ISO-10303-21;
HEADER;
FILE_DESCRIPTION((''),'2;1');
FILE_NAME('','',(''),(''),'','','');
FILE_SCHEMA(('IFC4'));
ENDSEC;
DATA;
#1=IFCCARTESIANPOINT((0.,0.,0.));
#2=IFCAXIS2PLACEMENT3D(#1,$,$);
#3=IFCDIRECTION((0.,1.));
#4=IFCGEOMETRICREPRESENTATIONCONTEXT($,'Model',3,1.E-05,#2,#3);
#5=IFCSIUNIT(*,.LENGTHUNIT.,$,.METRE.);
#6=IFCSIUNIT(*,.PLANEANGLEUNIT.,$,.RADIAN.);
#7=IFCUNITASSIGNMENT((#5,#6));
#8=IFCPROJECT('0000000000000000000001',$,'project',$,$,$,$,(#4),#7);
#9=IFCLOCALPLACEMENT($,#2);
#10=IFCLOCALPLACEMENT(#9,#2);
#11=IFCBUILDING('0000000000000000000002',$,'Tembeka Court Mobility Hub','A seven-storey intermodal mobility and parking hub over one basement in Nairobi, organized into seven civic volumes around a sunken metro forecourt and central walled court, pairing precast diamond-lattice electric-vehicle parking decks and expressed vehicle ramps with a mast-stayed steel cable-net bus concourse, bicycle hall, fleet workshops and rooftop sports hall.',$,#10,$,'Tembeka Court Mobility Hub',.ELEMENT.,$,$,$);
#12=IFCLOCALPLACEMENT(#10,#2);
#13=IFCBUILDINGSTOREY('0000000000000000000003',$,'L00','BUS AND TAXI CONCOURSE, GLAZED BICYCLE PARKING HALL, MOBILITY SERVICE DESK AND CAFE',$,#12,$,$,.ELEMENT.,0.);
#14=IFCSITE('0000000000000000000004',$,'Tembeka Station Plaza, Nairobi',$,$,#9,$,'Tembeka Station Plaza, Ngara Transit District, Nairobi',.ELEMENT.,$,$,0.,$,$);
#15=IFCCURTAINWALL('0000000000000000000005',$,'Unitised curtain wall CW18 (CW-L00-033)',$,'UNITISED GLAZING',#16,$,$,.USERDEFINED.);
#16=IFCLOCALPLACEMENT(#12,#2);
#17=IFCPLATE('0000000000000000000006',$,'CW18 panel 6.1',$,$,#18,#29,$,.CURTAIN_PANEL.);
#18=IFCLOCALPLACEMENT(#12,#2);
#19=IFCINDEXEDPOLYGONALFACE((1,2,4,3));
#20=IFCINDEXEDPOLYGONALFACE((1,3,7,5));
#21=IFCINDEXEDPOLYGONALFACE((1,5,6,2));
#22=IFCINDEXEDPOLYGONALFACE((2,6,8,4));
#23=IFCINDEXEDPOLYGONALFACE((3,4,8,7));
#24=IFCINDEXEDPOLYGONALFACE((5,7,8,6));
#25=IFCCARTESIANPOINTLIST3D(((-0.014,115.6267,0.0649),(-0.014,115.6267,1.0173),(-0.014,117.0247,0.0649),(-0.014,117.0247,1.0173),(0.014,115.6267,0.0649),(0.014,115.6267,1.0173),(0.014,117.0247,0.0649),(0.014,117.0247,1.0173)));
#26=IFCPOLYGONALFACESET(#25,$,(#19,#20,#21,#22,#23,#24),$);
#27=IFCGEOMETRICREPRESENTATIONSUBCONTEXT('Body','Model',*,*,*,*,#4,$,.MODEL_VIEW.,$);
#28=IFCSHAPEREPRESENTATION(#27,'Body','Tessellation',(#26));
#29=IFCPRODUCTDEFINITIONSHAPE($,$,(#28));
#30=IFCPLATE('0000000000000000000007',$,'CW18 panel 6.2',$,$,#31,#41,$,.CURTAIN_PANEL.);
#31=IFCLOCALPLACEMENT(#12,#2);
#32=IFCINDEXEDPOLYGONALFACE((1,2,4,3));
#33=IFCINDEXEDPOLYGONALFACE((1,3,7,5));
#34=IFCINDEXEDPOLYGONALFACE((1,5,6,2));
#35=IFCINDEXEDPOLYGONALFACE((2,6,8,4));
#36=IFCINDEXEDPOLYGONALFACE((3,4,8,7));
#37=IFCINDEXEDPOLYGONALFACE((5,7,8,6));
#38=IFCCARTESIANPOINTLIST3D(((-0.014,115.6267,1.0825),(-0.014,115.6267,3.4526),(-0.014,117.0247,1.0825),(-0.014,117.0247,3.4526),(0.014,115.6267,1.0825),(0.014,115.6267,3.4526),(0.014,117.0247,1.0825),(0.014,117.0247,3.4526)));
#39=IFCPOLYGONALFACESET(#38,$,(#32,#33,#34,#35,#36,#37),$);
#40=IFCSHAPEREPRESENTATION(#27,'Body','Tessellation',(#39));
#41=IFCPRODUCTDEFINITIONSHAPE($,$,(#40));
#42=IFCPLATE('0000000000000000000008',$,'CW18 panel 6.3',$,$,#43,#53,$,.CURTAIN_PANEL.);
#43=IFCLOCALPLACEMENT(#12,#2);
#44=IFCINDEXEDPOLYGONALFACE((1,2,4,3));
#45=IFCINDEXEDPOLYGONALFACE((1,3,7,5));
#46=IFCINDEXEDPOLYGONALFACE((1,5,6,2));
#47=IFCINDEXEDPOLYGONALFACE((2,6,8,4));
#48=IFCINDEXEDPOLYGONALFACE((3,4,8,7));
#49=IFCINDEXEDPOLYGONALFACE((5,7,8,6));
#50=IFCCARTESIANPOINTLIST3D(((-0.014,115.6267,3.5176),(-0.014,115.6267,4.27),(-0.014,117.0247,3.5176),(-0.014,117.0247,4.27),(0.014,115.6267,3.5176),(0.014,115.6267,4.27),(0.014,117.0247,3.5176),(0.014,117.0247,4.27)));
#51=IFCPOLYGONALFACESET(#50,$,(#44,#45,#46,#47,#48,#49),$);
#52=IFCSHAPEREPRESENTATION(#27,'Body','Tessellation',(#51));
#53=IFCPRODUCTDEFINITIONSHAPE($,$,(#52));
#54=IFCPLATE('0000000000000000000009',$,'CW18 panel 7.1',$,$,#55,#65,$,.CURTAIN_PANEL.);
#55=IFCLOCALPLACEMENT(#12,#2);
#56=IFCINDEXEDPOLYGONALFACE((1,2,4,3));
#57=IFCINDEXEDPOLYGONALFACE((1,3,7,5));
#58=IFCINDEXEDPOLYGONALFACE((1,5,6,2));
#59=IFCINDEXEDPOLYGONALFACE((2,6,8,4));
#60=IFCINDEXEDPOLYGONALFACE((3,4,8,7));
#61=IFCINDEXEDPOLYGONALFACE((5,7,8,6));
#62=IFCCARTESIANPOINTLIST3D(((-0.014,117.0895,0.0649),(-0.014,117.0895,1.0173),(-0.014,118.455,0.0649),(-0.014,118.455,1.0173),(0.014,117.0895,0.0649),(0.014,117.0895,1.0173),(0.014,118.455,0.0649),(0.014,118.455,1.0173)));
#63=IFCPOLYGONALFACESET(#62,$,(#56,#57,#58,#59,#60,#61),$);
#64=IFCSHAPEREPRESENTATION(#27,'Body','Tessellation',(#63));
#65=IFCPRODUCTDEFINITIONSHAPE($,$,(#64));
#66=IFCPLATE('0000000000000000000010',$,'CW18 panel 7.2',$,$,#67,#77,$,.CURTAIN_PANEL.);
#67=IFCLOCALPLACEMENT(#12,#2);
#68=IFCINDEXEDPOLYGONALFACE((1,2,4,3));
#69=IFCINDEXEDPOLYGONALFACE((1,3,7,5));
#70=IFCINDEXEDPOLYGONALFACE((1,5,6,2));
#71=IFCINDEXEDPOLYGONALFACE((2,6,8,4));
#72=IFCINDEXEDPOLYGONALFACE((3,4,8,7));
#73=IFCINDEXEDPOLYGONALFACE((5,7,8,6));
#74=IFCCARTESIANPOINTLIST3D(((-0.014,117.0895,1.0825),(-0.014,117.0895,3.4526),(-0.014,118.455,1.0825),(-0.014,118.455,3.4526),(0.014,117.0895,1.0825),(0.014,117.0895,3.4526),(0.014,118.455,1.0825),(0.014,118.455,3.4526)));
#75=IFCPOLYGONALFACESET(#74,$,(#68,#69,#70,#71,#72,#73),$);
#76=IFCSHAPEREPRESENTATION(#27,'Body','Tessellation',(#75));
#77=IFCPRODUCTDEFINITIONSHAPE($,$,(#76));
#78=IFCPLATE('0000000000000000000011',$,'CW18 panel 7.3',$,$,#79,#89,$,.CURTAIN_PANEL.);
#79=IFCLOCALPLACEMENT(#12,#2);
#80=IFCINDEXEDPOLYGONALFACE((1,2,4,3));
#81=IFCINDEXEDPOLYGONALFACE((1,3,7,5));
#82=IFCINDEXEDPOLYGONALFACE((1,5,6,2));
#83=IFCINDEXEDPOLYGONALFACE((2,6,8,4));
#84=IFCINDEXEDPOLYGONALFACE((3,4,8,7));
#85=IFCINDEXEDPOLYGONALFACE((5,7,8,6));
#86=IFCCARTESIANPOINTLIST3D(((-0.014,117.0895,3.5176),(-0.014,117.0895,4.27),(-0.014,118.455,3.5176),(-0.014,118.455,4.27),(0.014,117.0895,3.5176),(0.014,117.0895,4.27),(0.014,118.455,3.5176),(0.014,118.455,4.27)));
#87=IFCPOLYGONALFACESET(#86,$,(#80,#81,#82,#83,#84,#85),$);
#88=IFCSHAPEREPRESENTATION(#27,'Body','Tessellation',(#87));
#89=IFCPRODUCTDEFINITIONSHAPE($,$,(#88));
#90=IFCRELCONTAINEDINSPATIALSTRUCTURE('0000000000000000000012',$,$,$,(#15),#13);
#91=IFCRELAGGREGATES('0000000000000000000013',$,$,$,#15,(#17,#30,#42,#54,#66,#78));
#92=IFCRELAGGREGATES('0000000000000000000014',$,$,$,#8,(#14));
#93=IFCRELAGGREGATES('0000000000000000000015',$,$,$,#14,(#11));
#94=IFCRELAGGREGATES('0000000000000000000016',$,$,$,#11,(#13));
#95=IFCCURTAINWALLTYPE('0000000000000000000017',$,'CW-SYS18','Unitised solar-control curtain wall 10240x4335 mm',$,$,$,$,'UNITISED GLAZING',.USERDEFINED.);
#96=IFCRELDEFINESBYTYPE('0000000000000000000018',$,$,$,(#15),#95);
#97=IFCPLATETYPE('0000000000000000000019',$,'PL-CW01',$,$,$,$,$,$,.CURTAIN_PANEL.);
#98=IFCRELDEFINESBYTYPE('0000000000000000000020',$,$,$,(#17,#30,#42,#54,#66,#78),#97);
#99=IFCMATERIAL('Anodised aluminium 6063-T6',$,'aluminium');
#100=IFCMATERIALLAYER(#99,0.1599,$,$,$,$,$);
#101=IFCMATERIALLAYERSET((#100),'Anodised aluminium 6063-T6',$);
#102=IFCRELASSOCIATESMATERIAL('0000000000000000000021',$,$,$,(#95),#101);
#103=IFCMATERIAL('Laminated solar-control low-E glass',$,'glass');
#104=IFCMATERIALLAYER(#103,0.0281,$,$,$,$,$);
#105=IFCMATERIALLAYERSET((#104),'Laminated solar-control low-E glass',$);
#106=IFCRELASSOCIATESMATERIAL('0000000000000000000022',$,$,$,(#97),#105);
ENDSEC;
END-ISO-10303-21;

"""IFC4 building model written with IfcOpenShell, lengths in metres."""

from ifc_helpers import new_model, si_unit, direction, frame, origin, origin_2d, place, context, subcontext, project, spatial, rectangle, extrude, material, layer, layer_set, type_object, element, aggregate, save


model = new_model("IFC4")

# Units and contexts
model_context = context("Model", 3, precision=1e-05, world=origin(), true_north=direction((0.0, 1.0)))
body_context = subcontext(model_context, "Body", "Model", "MODEL_VIEW")
ifc_project = project(units=[si_unit("LENGTHUNIT", "METRE"), si_unit("PLANEANGLEUNIT", "RADIAN")], contexts=[model_context])

# Site, building, storey
site_placement = place(None, origin())
site = spatial("IfcSite", under=ifc_project, at=site_placement, Name="Tembeka Station Plaza, Nairobi", LongName="Tembeka Station Plaza, Ngara Transit District, Nairobi", CompositionType="ELEMENT", RefElevation=0.0)
building_placement = place(site_placement, origin())
building = spatial("IfcBuilding", under=site, at=building_placement, Name="Tembeka Court Mobility Hub", Description="A seven-storey intermodal mobility and parking hub over one basement in Nairobi, organized into seven civic volumes around a sunken metro forecourt and central walled court, pairing precast diamond-lattice electric-vehicle parking decks and expressed vehicle ramps with a mast-stayed steel cable-net bus concourse, bicycle hall, fleet workshops and rooftop sports hall.", LongName="Tembeka Court Mobility Hub", CompositionType="ELEMENT")
storey_placement = place(building_placement, origin())
storey = spatial("IfcBuildingStorey", under=building, at=storey_placement, Name="L00", Description="BUS AND TAXI CONCOURSE, GLAZED BICYCLE PARKING HALL, MOBILITY SERVICE DESK AND CAFE", CompositionType="ELEMENT", Elevation=0.0)

# Curtain wall
ifc_material_1 = material(Name="Anodised aluminium 6063-T6", Category="aluminium")
ifc_layer_1 = layer(ifc_material_1, 0.1599)
ifc_layer_set_1 = layer_set([ifc_layer_1], Name="Anodised aluminium 6063-T6")
curtain_wall_type_1 = type_object("IfcCurtainWallType", Name="CW-SYS18", Description="Unitised solar-control curtain wall 10240x4335 mm", ElementType="UNITISED GLAZING", PredefinedType="USERDEFINED", material=ifc_layer_set_1)
curtain_wall_1_placement = place(storey_placement, origin())
curtain_wall_1 = element("IfcCurtainWall", 1, at=curtain_wall_1_placement, inside=storey, type_object=curtain_wall_type_1, Name="Unitised curtain wall CW18 (CW-L00-033)", ObjectType="UNITISED GLAZING", PredefinedType="USERDEFINED")

# Plates
ifc_material_2 = material(Name="Laminated solar-control low-E glass", Category="glass")
ifc_layer_2 = layer(ifc_material_2, 0.0281)
ifc_layer_set_2 = layer_set([ifc_layer_2], Name="Laminated solar-control low-E glass")
plate_type = type_object("IfcPlateType", Name="PL-CW01", PredefinedType="CURTAIN_PANEL", material=ifc_layer_set_2)
plate_1_placement = place(storey_placement, frame((0.0, 116.3257, 0.0649), z_axis=(0.0, 0.0, 1.0), x_axis=(0.0, 1.0, 0.0)))
plate_1 = element("IfcPlate", 2, at=plate_1_placement, type_object=plate_type, Name="CW18 panel 6.1", PredefinedType="CURTAIN_PANEL", context=body_context, shape_type="SweptSolid", body=[
    extrude(rectangle(XDim=1.3979, YDim=0.0281, at=origin_2d()), origin(), (0.0, 0.0, 1.0), 0.9524),
])
plate_2_placement = place(storey_placement, frame((0.0, 116.3257, 1.0825), z_axis=(0.0, 0.0, 1.0), x_axis=(0.0, 1.0, 0.0)))
plate_2 = element("IfcPlate", 3, at=plate_2_placement, type_object=plate_type, Name="CW18 panel 6.2", PredefinedType="CURTAIN_PANEL", context=body_context, shape_type="SweptSolid", body=[
    extrude(rectangle(XDim=1.3979, YDim=0.0281, at=origin_2d()), origin(), (0.0, 0.0, 1.0), 2.3701),
])
plate_3_placement = place(storey_placement, frame((0.0, 116.3257, 3.5176), z_axis=(0.0, 0.0, 1.0), x_axis=(0.0, 1.0, 0.0)))
plate_3 = element("IfcPlate", 4, at=plate_3_placement, type_object=plate_type, Name="CW18 panel 6.3", PredefinedType="CURTAIN_PANEL", context=body_context, shape_type="SweptSolid", body=[
    extrude(rectangle(XDim=1.3979, YDim=0.0281, at=origin_2d()), origin(), (0.0, 0.0, 1.0), 0.7524),
])
plate_4_placement = place(storey_placement, frame((0.0, 117.7722, 0.0649), z_axis=(0.0, 0.0, 1.0), x_axis=(0.0, 1.0, 0.0)))
plate_4 = element("IfcPlate", 5, at=plate_4_placement, type_object=plate_type, Name="CW18 panel 7.1", PredefinedType="CURTAIN_PANEL", context=body_context, shape_type="SweptSolid", body=[
    extrude(rectangle(XDim=1.3655, YDim=0.0281, at=origin_2d()), origin(), (0.0, 0.0, 1.0), 0.9524),
])
plate_5_placement = place(storey_placement, frame((0.0, 117.7722, 1.0825), z_axis=(0.0, 0.0, 1.0), x_axis=(0.0, 1.0, 0.0)))
plate_5 = element("IfcPlate", 6, at=plate_5_placement, type_object=plate_type, Name="CW18 panel 7.2", PredefinedType="CURTAIN_PANEL", context=body_context, shape_type="SweptSolid", body=[
    extrude(rectangle(XDim=1.3655, YDim=0.0281, at=origin_2d()), origin(), (0.0, 0.0, 1.0), 2.3701),
])
plate_6_placement = place(storey_placement, frame((0.0, 117.7722, 3.5176), z_axis=(0.0, 0.0, 1.0), x_axis=(0.0, 1.0, 0.0)))
plate_6 = element("IfcPlate", 7, at=plate_6_placement, type_object=plate_type, Name="CW18 panel 7.3", PredefinedType="CURTAIN_PANEL", context=body_context, shape_type="SweptSolid", body=[
    extrude(rectangle(XDim=1.3655, YDim=0.0281, at=origin_2d()), origin(), (0.0, 0.0, 1.0), 0.7524),
])
aggregate(curtain_wall_1, [plate_1, plate_2, plate_3, plate_4, plate_5, plate_6])

save(model, "model.ifc")
